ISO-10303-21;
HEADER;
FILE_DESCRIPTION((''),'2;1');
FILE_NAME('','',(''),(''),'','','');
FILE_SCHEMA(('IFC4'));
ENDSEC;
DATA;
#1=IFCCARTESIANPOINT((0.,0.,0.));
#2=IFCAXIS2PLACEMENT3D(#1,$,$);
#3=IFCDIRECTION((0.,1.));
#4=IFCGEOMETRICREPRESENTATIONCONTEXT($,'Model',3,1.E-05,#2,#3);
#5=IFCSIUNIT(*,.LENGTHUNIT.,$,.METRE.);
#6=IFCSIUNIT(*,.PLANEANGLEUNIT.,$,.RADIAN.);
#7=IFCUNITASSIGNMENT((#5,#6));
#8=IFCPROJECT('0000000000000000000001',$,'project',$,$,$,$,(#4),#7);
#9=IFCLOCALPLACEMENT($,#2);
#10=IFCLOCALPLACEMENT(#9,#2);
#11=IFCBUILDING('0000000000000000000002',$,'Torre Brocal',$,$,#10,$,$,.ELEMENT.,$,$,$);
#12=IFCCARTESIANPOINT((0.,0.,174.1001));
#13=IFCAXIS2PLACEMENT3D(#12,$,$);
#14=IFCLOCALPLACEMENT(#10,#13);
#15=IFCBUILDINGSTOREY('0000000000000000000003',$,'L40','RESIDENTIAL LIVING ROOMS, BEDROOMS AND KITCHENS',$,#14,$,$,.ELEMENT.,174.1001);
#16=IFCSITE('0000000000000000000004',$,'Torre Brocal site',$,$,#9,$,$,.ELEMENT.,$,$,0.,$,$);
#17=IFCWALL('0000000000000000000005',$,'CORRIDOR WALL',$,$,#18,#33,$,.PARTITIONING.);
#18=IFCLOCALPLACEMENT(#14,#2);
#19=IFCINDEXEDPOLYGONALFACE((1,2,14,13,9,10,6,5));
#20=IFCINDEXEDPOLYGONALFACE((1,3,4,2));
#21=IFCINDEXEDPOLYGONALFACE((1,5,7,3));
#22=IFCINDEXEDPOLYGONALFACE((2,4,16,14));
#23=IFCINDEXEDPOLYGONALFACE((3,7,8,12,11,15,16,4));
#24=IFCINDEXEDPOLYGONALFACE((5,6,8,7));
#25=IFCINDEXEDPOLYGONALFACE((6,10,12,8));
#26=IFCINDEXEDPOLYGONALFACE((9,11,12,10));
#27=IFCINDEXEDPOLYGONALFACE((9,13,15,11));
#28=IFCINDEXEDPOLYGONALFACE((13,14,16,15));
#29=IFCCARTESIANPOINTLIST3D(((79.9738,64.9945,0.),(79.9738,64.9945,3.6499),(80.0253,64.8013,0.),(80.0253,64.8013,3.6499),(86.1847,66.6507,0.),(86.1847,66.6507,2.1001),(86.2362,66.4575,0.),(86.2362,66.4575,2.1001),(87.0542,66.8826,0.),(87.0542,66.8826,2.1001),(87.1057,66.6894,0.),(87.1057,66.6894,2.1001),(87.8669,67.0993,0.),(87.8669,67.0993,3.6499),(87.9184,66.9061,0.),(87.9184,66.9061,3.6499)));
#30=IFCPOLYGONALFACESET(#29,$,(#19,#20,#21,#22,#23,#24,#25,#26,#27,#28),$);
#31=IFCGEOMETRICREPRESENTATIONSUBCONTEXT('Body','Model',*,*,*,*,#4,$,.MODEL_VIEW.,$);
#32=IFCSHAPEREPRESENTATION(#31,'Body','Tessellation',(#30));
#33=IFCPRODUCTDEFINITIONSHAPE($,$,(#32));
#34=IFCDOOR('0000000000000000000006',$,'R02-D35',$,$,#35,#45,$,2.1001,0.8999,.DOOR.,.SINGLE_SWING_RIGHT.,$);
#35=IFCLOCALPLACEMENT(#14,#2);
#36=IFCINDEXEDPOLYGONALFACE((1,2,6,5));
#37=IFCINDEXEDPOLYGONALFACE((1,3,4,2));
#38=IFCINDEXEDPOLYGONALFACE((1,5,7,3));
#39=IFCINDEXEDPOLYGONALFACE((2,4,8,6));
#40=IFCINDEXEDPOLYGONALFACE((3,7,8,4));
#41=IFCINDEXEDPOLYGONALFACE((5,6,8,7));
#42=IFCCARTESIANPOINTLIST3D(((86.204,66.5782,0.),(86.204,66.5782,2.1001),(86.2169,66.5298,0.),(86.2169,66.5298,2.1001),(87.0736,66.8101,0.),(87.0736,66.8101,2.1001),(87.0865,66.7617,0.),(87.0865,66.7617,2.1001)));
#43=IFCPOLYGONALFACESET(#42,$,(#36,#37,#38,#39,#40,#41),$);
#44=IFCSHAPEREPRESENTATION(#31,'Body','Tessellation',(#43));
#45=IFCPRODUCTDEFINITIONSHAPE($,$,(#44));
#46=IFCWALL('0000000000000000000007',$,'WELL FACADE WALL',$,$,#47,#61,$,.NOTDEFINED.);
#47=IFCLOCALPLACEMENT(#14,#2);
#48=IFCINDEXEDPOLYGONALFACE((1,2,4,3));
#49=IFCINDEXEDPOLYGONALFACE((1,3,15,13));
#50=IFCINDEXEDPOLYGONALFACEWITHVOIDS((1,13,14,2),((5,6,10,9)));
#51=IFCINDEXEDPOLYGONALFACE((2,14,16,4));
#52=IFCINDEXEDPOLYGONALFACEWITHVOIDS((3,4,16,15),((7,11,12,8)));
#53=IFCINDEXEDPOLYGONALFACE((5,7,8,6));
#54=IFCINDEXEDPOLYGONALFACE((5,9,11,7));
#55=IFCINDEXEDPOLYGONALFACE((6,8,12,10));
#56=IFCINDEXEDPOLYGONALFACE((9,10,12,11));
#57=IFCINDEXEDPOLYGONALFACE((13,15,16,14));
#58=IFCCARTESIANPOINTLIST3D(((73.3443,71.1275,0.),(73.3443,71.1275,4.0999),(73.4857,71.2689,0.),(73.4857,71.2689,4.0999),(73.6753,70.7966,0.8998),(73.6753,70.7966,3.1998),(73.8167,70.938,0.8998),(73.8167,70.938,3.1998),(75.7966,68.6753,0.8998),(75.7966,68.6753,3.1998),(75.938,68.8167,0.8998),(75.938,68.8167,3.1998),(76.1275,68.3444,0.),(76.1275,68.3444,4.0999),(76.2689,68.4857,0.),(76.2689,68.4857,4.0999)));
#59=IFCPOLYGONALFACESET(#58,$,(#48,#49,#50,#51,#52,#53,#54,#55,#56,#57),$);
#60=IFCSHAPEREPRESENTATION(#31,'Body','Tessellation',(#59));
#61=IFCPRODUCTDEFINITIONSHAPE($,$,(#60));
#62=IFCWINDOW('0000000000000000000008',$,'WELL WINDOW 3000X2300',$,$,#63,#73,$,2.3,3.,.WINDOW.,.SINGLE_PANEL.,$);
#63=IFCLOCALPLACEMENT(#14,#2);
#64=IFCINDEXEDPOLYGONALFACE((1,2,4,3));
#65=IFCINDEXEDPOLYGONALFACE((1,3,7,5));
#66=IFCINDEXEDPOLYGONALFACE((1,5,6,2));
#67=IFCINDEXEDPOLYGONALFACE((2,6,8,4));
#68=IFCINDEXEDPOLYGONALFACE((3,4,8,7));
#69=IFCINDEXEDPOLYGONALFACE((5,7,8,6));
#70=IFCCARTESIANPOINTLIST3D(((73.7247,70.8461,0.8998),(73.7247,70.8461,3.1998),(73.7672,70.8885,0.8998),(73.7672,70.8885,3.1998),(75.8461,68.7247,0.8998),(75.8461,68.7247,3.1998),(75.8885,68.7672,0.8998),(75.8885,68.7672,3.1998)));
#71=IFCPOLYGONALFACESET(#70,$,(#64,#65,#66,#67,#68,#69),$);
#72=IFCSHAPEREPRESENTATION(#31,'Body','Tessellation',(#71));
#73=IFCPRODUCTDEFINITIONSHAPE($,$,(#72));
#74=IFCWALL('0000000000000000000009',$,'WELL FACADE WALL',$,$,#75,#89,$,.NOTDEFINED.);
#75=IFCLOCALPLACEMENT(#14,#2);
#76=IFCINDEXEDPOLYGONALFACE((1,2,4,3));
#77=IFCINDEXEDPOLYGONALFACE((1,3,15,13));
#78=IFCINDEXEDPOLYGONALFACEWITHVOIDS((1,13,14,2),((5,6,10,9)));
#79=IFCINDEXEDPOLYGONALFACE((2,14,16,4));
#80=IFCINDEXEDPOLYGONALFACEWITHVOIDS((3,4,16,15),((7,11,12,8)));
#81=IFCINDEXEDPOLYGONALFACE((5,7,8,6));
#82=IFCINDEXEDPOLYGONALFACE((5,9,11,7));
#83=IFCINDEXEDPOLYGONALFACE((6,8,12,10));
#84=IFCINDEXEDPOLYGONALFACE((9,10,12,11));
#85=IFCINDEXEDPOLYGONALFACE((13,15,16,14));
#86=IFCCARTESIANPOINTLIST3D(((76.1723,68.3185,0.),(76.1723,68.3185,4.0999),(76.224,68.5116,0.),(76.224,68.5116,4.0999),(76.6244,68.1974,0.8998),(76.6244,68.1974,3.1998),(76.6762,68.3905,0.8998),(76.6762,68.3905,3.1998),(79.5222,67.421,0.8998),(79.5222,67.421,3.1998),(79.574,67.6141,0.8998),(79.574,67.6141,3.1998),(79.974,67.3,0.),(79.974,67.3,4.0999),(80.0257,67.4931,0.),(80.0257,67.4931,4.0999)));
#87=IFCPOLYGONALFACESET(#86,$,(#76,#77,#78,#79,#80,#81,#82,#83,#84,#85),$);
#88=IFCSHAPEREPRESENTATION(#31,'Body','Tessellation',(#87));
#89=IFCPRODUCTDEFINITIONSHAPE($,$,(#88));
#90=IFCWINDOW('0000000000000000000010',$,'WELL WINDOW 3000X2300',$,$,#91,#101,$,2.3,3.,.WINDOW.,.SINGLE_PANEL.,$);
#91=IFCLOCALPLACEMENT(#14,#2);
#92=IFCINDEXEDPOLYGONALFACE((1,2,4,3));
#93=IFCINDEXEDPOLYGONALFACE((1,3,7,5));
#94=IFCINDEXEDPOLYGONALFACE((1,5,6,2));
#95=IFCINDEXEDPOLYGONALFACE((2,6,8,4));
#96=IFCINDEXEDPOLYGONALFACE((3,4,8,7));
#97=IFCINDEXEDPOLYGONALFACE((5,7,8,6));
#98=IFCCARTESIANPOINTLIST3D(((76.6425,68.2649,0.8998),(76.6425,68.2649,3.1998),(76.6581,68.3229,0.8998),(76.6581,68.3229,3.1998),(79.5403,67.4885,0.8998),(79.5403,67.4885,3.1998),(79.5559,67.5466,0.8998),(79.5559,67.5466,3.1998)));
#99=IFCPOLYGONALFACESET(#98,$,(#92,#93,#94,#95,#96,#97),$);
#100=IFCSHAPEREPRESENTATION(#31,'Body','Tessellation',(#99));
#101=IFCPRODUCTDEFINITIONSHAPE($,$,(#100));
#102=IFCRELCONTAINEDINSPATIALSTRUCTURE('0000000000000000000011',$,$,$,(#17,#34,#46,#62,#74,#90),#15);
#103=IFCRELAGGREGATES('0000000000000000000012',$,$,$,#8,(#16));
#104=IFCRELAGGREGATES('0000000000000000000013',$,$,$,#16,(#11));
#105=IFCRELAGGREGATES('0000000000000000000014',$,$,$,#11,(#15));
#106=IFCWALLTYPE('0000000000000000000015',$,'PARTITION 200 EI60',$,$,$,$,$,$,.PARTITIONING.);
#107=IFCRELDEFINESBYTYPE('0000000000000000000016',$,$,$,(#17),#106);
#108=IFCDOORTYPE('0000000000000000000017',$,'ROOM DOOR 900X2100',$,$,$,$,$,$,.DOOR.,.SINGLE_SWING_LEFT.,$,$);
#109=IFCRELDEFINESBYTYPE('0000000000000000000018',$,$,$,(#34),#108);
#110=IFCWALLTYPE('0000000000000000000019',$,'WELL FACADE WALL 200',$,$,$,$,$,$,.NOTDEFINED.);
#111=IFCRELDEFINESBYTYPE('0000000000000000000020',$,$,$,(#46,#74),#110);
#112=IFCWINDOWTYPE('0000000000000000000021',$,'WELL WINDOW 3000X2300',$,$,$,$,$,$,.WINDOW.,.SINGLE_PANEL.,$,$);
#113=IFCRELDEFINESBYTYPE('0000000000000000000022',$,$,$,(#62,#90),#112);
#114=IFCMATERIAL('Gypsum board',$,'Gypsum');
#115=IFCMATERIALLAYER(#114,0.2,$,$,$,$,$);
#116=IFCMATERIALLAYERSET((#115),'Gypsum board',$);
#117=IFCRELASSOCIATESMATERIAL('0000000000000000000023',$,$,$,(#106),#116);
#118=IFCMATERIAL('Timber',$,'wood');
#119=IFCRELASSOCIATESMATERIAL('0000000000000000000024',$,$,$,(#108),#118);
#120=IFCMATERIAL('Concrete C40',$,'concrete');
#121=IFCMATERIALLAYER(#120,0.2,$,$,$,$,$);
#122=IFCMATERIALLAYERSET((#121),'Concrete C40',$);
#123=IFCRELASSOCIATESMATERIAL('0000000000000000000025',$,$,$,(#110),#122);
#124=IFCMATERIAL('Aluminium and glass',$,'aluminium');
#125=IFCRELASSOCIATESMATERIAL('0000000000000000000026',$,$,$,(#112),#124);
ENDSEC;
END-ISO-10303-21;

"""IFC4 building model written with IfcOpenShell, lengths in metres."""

from ifc_helpers import new_model, si_unit, direction, frame, frame_2d, origin, place, context, subcontext, project, spatial, rectangle, extrude, material, layer, layer_set, type_object, element, fill, save


model = new_model("IFC4")

# Units and contexts
model_context = context("Model", 3, precision=1e-05, world=origin(), true_north=direction((0.0, 1.0)))
body_context = subcontext(model_context, "Body", "Model", "MODEL_VIEW")
ifc_project = project(units=[si_unit("LENGTHUNIT", "METRE"), si_unit("PLANEANGLEUNIT", "RADIAN")], contexts=[model_context])

# Site, building, storey
site_placement = place(None, origin())
site = spatial("IfcSite", under=ifc_project, at=site_placement, Name="Torre Brocal site", CompositionType="ELEMENT", RefElevation=0.0)
building_placement = place(site_placement, origin())
building = spatial("IfcBuilding", under=site, at=building_placement, Name="Torre Brocal", CompositionType="ELEMENT")
storey_placement = place(building_placement, frame((0.0, 0.0, 174.1001)))
storey = spatial("IfcBuildingStorey", under=building, at=storey_placement, Name="L40", Description="RESIDENTIAL LIVING ROOMS, BEDROOMS AND KITCHENS", CompositionType="ELEMENT", Elevation=174.1001)

# Shared definitions
ifc_material_1 = material(Name="Gypsum board", Category="Gypsum")
ifc_layer_1 = layer(ifc_material_1, 0.2)
ifc_layer_set_1 = layer_set([ifc_layer_1], Name="Gypsum board")
wall_type_1 = type_object("IfcWallType", Name="PARTITION 200 EI60", PredefinedType="PARTITIONING", material=ifc_layer_set_1)
ifc_material_2 = material(Name="Timber", Category="wood")
door_type_1 = type_object("IfcDoorType", Name="ROOM DOOR 900X2100", OperationType="SINGLE_SWING_LEFT", PredefinedType="DOOR", material=ifc_material_2)

# Wall, opening, door
wall_1_placement = place(storey_placement, frame((79.9995, 64.8979, 0.0), z_axis=(0.0, 0.0, 1.0), x_axis=(0.966237, 0.257653, 0.0)))
wall_1 = element("IfcWall", 1, at=wall_1_placement, inside=storey, type_object=wall_type_1, Name="CORRIDOR WALL", PredefinedType="PARTITIONING", context=body_context, shape_type="SweptSolid", body=[
    extrude(rectangle(XDim=8.1689, YDim=0.2, at=frame_2d((4.0845, 0.0))), origin(), (0.0, 0.0, 1.0), 3.6499),
])
opening_1_placement = place(wall_1_placement, frame((6.428, 0.0, 0.0)))
opening_1 = element("IfcOpeningElement", 2, at=opening_1_placement, cuts=wall_1, PredefinedType="OPENING", context=body_context, shape_type="SweptSolid", body=[
    extrude(rectangle(XDim=0.8999, YDim=2.1001, at=frame_2d((0.45, 1.05))), frame((0.0, 0.1099, 0.0), z_axis=(0.0, -1.0, 0.0), x_axis=(1.0, 0.0, 0.0)), (0.0, 0.0, 1.0), 0.22),
])
door_1_placement = place(opening_1_placement, origin())
door_1 = element("IfcDoor", 3, at=door_1_placement, inside=storey, type_object=door_type_1, Name="R02-D35", OperationType="SINGLE_SWING_RIGHT", OverallHeight=2.1001, OverallWidth=0.8999, PredefinedType="DOOR", context=body_context, shape_type="SweptSolid", body=[
    extrude(rectangle(XDim=0.8999, YDim=2.1001, at=frame_2d((0.45, 1.05))), frame((0.0, 0.0249, 0.0), z_axis=(0.0, -1.0, 0.0), x_axis=(1.0, 0.0, 0.0)), (0.0, 0.0, 1.0), 0.05),
])
fill(opening_1, door_1)

# Walls, openings, windows
ifc_material_3 = material(Name="Concrete C40", Category="concrete")
ifc_layer_2 = layer(ifc_material_3, 0.2)
ifc_layer_set_2 = layer_set([ifc_layer_2], Name="Concrete C40")
wall_type_2 = type_object("IfcWallType", Name="WELL FACADE WALL 200", PredefinedType="NOTDEFINED", material=ifc_layer_set_2)
wall_2_placement = place(storey_placement, frame((73.415, 71.1982, 0.0), z_axis=(0.0, 0.0, 1.0), x_axis=(0.707107, -0.707107, 0.0)))
wall_2 = element("IfcWall", 4, at=wall_2_placement, inside=storey, type_object=wall_type_2, Name="WELL FACADE WALL", PredefinedType="NOTDEFINED", context=body_context, shape_type="SweptSolid", body=[
    extrude(rectangle(XDim=3.936, YDim=0.2, at=frame_2d((1.968, 0.0))), origin(), (0.0, 0.0, 1.0), 4.0999),
])
opening_2_placement = place(wall_2_placement, frame((0.468, 0.0, 0.8999)))
opening_2 = element("IfcOpeningElement", 5, at=opening_2_placement, cuts=wall_2, PredefinedType="OPENING", context=body_context, shape_type="SweptSolid", body=[
    extrude(rectangle(XDim=3.0, YDim=2.3, at=frame_2d((1.5, 1.1499))), frame((0.0, 0.1099, 0.0), z_axis=(0.0, -1.0, 0.0), x_axis=(1.0, 0.0, 0.0)), (0.0, 0.0, 1.0), 0.22),
])
ifc_material_4 = material(Name="Aluminium and glass", Category="aluminium")
window_type = type_object("IfcWindowType", Name="WELL WINDOW 3000X2300", PartitioningType="SINGLE_PANEL", PredefinedType="WINDOW", material=ifc_material_4)
window_1_placement = place(opening_2_placement, origin())
window_1 = element("IfcWindow", 6, at=window_1_placement, inside=storey, type_object=window_type, Name="WELL WINDOW 3000X2300", OverallHeight=2.3, OverallWidth=3.0, PartitioningType="SINGLE_PANEL", PredefinedType="WINDOW", context=body_context, shape_type="SweptSolid", body=[
    extrude(rectangle(XDim=3.0, YDim=2.3, at=frame_2d((1.5, 1.1499))), frame((0.0, 0.03, 0.0), z_axis=(0.0, -1.0, 0.0), x_axis=(1.0, 0.0, 0.0)), (0.0, 0.0, 1.0), 0.0601),
])
fill(opening_2, window_1)
wall_3_placement = place(storey_placement, frame((76.1982, 68.415, 0.0), z_axis=(0.0, 0.0, 1.0), x_axis=(0.965934, -0.25879, 0.0)))
wall_3 = element("IfcWall", 7, at=wall_3_placement, inside=storey, type_object=wall_type_2, Name="WELL FACADE WALL", PredefinedType="NOTDEFINED", context=body_context, shape_type="SweptSolid", body=[
    extrude(rectangle(XDim=3.9358, YDim=0.2, at=frame_2d((1.9678, 0.0))), origin(), (0.0, 0.0, 1.0), 4.0999),
])
opening_3_placement = place(wall_3_placement, frame((0.468, 0.0, 0.8999)))
opening_3 = element("IfcOpeningElement", 8, at=opening_3_placement, cuts=wall_3, PredefinedType="OPENING", context=body_context, shape_type="SweptSolid", body=[
    extrude(rectangle(XDim=3.0, YDim=2.3, at=frame_2d((1.5, 1.1499))), frame((0.0, 0.1099, 0.0), z_axis=(0.0, -1.0, 0.0), x_axis=(1.0, 0.0, 0.0)), (0.0, 0.0, 1.0), 0.22),
])
window_2_placement = place(opening_3_placement, origin())
window_2 = element("IfcWindow", 9, at=window_2_placement, inside=storey, type_object=window_type, Name="WELL WINDOW 3000X2300", OverallHeight=2.3, OverallWidth=3.0, PartitioningType="SINGLE_PANEL", PredefinedType="WINDOW", context=body_context, shape_type="SweptSolid", body=[
    extrude(rectangle(XDim=3.0, YDim=2.3, at=frame_2d((1.5, 1.1499))), frame((0.0, 0.03, 0.0), z_axis=(0.0, -1.0, 0.0), x_axis=(1.0, 0.0, 0.0)), (0.0, 0.0, 1.0), 0.0601),
])
fill(opening_3, window_2)

save(model, "model.ifc")
